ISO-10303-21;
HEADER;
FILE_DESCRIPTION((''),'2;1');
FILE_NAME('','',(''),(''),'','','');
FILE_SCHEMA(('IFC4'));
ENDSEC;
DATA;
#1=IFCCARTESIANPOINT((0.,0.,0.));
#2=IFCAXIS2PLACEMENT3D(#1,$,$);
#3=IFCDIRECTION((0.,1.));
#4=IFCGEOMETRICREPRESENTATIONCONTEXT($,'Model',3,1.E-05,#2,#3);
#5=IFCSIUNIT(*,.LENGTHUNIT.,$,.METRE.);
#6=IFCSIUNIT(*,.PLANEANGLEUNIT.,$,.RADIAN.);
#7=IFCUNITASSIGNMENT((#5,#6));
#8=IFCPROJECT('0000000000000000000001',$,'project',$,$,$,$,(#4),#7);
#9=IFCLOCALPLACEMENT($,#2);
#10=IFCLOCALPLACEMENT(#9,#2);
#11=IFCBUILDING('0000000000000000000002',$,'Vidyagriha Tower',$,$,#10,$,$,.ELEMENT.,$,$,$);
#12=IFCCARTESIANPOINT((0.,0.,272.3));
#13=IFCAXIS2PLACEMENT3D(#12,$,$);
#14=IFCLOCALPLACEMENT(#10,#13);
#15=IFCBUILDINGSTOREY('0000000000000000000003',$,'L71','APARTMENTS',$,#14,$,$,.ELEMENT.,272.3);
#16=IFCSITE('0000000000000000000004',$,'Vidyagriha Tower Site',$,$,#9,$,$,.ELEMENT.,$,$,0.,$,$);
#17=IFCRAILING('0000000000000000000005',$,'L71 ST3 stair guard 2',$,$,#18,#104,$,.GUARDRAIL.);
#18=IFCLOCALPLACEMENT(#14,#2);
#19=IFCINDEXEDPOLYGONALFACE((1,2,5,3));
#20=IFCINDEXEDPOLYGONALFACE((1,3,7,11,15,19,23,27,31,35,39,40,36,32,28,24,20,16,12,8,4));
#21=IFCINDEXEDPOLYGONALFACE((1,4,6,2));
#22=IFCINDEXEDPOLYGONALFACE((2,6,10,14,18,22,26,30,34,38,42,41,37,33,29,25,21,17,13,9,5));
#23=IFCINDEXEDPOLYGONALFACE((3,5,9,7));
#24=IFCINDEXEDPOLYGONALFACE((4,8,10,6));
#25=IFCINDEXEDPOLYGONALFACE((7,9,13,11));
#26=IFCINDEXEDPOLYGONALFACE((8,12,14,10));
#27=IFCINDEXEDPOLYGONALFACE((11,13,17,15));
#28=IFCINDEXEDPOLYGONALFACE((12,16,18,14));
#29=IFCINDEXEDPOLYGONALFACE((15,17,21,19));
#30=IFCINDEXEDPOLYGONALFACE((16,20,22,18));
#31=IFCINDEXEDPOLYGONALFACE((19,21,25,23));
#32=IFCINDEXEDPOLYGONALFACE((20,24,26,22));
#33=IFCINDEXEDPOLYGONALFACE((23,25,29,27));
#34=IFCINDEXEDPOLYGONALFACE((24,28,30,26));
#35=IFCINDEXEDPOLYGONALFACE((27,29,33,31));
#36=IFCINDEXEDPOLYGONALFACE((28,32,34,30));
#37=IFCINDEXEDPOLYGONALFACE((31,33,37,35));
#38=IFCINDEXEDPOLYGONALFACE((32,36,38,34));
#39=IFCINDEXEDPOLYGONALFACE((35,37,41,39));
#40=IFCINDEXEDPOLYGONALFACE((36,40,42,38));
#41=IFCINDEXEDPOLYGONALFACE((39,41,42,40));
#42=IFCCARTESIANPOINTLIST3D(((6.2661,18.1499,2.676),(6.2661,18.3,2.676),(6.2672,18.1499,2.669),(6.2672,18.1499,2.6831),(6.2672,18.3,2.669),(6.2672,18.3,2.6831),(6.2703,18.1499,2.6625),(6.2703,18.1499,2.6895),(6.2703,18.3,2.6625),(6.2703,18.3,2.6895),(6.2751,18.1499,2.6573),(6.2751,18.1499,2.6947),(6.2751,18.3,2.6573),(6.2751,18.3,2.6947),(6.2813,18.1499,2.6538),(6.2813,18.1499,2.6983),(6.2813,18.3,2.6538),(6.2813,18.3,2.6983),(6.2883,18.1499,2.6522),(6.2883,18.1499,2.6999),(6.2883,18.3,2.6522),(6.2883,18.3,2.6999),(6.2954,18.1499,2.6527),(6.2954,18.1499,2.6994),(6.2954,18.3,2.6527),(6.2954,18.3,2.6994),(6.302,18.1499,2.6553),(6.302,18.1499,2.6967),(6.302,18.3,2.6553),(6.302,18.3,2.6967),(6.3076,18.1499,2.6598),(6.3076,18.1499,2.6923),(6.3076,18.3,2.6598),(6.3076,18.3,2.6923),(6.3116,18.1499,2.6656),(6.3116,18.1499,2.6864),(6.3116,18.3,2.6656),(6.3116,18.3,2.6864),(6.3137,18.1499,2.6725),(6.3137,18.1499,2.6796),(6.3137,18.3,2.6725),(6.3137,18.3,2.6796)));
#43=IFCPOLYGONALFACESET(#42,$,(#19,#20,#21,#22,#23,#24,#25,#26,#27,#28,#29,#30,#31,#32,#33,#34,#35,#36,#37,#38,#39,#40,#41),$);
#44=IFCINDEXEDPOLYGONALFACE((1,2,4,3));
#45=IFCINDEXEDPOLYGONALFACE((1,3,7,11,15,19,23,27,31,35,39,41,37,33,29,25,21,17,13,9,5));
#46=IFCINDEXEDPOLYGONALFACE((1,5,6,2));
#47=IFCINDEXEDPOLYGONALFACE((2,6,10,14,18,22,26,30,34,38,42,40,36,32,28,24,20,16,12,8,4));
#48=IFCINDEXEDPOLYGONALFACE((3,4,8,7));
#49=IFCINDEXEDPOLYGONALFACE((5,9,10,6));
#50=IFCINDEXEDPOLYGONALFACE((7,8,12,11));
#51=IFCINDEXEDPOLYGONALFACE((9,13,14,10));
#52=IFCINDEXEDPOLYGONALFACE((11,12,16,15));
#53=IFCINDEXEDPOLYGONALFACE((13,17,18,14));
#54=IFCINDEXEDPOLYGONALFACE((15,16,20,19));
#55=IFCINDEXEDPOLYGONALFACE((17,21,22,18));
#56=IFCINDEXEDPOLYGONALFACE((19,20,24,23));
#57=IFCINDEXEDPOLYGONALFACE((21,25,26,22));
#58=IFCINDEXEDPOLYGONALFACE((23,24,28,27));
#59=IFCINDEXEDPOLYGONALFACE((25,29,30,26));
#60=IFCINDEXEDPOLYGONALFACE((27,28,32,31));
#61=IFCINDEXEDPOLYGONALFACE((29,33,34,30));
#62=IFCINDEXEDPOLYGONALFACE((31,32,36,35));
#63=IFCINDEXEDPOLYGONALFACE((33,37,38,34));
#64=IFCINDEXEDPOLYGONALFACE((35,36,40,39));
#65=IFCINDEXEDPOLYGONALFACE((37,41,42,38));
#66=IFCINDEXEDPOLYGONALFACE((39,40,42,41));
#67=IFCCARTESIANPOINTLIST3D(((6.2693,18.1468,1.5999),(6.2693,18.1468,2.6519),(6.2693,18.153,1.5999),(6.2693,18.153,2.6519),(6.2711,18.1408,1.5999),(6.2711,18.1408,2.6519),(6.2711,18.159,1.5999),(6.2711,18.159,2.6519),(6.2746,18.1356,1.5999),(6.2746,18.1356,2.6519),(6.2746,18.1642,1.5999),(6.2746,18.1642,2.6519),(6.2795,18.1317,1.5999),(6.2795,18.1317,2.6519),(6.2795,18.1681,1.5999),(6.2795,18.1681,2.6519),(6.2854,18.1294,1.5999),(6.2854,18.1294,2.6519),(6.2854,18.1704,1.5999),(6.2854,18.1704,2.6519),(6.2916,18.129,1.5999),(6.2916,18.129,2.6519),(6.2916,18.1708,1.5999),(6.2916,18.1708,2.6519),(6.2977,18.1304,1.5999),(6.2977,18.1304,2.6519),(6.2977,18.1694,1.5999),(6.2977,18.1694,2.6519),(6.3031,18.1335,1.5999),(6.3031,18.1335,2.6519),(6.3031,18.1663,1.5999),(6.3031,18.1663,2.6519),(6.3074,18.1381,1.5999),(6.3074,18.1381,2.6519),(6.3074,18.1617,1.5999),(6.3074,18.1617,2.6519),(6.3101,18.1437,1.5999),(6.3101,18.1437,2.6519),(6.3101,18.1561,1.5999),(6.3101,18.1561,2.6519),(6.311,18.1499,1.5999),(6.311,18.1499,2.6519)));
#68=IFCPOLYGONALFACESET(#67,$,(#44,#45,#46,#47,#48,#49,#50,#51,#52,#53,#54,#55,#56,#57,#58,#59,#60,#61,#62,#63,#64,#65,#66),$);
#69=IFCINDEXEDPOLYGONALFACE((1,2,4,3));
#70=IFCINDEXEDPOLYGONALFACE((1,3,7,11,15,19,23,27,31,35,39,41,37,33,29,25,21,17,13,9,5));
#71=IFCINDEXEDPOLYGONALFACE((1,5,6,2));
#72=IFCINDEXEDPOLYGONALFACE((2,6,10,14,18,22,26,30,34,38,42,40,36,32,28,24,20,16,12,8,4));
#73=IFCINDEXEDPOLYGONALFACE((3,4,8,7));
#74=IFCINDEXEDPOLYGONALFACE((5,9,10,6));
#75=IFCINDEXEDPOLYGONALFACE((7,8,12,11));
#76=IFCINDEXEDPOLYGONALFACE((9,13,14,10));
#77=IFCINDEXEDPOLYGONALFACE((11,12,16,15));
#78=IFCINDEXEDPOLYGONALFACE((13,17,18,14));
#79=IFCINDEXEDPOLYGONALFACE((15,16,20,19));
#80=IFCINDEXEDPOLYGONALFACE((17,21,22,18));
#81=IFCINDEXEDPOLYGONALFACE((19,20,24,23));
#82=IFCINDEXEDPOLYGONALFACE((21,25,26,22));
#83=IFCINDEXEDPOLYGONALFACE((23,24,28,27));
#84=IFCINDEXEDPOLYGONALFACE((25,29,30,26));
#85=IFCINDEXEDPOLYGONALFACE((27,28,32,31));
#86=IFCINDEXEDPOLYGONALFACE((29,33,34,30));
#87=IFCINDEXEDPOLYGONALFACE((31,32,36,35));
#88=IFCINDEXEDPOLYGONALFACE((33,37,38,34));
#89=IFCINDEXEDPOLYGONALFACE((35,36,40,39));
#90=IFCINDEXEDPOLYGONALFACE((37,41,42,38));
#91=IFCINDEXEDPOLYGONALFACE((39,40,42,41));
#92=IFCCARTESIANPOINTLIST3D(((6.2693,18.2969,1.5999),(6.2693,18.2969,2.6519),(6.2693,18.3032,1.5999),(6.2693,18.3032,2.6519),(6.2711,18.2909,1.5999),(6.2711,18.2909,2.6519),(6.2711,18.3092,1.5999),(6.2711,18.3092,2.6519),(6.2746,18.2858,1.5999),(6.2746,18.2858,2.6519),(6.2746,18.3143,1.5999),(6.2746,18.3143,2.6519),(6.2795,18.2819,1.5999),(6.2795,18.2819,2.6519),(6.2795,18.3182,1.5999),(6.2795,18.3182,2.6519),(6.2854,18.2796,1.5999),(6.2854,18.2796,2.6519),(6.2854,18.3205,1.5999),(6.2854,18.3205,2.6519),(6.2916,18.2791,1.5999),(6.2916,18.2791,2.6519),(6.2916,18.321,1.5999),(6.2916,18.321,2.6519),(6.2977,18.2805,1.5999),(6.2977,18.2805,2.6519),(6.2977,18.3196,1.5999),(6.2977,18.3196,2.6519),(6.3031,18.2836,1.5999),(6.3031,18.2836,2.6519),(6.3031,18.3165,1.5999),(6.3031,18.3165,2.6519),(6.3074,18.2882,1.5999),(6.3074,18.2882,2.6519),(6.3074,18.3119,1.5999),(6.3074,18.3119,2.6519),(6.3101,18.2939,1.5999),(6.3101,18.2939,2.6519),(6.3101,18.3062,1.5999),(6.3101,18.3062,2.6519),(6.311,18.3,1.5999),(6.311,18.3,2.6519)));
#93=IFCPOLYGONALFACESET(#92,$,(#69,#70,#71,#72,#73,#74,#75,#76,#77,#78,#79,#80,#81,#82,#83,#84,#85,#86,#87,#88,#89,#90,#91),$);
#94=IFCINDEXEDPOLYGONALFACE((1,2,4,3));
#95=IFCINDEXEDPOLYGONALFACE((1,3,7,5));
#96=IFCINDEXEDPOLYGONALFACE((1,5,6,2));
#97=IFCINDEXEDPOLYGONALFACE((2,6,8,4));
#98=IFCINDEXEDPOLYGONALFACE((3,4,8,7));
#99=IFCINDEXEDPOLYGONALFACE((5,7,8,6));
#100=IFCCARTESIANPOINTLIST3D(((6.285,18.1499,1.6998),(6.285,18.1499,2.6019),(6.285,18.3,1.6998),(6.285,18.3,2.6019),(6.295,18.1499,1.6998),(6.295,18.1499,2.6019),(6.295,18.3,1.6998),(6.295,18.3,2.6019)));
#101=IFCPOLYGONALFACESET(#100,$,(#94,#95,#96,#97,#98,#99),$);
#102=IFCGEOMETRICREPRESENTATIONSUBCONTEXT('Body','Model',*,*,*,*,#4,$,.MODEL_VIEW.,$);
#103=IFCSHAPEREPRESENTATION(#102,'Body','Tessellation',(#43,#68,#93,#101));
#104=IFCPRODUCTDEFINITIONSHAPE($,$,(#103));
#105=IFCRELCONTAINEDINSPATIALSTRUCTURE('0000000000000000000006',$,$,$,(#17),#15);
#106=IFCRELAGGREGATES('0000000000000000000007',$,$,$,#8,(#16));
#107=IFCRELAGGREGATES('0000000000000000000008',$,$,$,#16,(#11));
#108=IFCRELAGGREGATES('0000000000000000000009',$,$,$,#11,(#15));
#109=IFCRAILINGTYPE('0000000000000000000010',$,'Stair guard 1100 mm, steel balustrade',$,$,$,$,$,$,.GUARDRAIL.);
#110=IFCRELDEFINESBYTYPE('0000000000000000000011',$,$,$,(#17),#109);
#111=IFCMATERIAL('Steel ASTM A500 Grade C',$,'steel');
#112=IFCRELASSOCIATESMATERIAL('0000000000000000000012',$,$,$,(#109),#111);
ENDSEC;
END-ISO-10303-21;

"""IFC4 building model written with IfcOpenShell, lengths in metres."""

from ifc_helpers import new_model, si_unit, direction, frame, origin, origin_2d, place, context, subcontext, project, spatial, rectangle, circle, extrude, material, type_object, element, save


model = new_model("IFC4")

# Units and contexts
model_context = context("Model", 3, precision=1e-05, world=origin(), true_north=direction((0.0, 1.0)))
body_context = subcontext(model_context, "Body", "Model", "MODEL_VIEW")
ifc_project = project(units=[si_unit("LENGTHUNIT", "METRE"), si_unit("PLANEANGLEUNIT", "RADIAN")], contexts=[model_context])

# Site, building, storey
site_placement = place(None, origin())
site = spatial("IfcSite", under=ifc_project, at=site_placement, Name="Vidyagriha Tower Site", CompositionType="ELEMENT", RefElevation=0.0)
building_placement = place(site_placement, origin())
building = spatial("IfcBuilding", under=site, at=building_placement, Name="Vidyagriha Tower", CompositionType="ELEMENT")
storey_placement = place(building_placement, frame((0.0, 0.0, 272.3)))
storey = spatial("IfcBuildingStorey", under=building, at=storey_placement, Name="L71", Description="APARTMENTS", CompositionType="ELEMENT", Elevation=272.3)

# Railing
ifc_material_1 = material(Name="Steel ASTM A500 Grade C", Category="steel")
railing_type_1 = type_object("IfcRailingType", Name="Stair guard 1100 mm, steel balustrade", PredefinedType="GUARDRAIL", material=ifc_material_1)
railing_1_placement = place(storey_placement, frame((6.29, 18.1499, 1.5999)))
element("IfcRailing", 1, at=railing_1_placement, inside=storey, type_object=railing_type_1, Name="L71 ST3 stair guard 2", PredefinedType="GUARDRAIL", context=body_context, shape_type="SweptSolid", body=[
    extrude(circle(Radius=0.0239, at=origin_2d()), frame((0.0, 0.0, 1.0762), z_axis=(0.0, 1.0, 0.0), x_axis=(-1.0, 0.0, 0.0)), (0.0, 0.0, 1.0), 0.1501),
    extrude(circle(Radius=0.021, at=origin_2d()), origin(), (0.0, 0.0, 1.0), 1.052),
    extrude(circle(Radius=0.021, at=origin_2d()), frame((0.0, 0.1501, 0.0)), (0.0, 0.0, 1.0), 1.052),
    extrude(rectangle(XDim=0.01, YDim=0.9021, at=origin_2d()), frame((0.0, 0.0, 0.551), z_axis=(0.0, 1.0, 0.0), x_axis=(-1.0, 0.0, 0.0)), (0.0, 0.0, 1.0), 0.1501),
])

save(model, "model.ifc")
